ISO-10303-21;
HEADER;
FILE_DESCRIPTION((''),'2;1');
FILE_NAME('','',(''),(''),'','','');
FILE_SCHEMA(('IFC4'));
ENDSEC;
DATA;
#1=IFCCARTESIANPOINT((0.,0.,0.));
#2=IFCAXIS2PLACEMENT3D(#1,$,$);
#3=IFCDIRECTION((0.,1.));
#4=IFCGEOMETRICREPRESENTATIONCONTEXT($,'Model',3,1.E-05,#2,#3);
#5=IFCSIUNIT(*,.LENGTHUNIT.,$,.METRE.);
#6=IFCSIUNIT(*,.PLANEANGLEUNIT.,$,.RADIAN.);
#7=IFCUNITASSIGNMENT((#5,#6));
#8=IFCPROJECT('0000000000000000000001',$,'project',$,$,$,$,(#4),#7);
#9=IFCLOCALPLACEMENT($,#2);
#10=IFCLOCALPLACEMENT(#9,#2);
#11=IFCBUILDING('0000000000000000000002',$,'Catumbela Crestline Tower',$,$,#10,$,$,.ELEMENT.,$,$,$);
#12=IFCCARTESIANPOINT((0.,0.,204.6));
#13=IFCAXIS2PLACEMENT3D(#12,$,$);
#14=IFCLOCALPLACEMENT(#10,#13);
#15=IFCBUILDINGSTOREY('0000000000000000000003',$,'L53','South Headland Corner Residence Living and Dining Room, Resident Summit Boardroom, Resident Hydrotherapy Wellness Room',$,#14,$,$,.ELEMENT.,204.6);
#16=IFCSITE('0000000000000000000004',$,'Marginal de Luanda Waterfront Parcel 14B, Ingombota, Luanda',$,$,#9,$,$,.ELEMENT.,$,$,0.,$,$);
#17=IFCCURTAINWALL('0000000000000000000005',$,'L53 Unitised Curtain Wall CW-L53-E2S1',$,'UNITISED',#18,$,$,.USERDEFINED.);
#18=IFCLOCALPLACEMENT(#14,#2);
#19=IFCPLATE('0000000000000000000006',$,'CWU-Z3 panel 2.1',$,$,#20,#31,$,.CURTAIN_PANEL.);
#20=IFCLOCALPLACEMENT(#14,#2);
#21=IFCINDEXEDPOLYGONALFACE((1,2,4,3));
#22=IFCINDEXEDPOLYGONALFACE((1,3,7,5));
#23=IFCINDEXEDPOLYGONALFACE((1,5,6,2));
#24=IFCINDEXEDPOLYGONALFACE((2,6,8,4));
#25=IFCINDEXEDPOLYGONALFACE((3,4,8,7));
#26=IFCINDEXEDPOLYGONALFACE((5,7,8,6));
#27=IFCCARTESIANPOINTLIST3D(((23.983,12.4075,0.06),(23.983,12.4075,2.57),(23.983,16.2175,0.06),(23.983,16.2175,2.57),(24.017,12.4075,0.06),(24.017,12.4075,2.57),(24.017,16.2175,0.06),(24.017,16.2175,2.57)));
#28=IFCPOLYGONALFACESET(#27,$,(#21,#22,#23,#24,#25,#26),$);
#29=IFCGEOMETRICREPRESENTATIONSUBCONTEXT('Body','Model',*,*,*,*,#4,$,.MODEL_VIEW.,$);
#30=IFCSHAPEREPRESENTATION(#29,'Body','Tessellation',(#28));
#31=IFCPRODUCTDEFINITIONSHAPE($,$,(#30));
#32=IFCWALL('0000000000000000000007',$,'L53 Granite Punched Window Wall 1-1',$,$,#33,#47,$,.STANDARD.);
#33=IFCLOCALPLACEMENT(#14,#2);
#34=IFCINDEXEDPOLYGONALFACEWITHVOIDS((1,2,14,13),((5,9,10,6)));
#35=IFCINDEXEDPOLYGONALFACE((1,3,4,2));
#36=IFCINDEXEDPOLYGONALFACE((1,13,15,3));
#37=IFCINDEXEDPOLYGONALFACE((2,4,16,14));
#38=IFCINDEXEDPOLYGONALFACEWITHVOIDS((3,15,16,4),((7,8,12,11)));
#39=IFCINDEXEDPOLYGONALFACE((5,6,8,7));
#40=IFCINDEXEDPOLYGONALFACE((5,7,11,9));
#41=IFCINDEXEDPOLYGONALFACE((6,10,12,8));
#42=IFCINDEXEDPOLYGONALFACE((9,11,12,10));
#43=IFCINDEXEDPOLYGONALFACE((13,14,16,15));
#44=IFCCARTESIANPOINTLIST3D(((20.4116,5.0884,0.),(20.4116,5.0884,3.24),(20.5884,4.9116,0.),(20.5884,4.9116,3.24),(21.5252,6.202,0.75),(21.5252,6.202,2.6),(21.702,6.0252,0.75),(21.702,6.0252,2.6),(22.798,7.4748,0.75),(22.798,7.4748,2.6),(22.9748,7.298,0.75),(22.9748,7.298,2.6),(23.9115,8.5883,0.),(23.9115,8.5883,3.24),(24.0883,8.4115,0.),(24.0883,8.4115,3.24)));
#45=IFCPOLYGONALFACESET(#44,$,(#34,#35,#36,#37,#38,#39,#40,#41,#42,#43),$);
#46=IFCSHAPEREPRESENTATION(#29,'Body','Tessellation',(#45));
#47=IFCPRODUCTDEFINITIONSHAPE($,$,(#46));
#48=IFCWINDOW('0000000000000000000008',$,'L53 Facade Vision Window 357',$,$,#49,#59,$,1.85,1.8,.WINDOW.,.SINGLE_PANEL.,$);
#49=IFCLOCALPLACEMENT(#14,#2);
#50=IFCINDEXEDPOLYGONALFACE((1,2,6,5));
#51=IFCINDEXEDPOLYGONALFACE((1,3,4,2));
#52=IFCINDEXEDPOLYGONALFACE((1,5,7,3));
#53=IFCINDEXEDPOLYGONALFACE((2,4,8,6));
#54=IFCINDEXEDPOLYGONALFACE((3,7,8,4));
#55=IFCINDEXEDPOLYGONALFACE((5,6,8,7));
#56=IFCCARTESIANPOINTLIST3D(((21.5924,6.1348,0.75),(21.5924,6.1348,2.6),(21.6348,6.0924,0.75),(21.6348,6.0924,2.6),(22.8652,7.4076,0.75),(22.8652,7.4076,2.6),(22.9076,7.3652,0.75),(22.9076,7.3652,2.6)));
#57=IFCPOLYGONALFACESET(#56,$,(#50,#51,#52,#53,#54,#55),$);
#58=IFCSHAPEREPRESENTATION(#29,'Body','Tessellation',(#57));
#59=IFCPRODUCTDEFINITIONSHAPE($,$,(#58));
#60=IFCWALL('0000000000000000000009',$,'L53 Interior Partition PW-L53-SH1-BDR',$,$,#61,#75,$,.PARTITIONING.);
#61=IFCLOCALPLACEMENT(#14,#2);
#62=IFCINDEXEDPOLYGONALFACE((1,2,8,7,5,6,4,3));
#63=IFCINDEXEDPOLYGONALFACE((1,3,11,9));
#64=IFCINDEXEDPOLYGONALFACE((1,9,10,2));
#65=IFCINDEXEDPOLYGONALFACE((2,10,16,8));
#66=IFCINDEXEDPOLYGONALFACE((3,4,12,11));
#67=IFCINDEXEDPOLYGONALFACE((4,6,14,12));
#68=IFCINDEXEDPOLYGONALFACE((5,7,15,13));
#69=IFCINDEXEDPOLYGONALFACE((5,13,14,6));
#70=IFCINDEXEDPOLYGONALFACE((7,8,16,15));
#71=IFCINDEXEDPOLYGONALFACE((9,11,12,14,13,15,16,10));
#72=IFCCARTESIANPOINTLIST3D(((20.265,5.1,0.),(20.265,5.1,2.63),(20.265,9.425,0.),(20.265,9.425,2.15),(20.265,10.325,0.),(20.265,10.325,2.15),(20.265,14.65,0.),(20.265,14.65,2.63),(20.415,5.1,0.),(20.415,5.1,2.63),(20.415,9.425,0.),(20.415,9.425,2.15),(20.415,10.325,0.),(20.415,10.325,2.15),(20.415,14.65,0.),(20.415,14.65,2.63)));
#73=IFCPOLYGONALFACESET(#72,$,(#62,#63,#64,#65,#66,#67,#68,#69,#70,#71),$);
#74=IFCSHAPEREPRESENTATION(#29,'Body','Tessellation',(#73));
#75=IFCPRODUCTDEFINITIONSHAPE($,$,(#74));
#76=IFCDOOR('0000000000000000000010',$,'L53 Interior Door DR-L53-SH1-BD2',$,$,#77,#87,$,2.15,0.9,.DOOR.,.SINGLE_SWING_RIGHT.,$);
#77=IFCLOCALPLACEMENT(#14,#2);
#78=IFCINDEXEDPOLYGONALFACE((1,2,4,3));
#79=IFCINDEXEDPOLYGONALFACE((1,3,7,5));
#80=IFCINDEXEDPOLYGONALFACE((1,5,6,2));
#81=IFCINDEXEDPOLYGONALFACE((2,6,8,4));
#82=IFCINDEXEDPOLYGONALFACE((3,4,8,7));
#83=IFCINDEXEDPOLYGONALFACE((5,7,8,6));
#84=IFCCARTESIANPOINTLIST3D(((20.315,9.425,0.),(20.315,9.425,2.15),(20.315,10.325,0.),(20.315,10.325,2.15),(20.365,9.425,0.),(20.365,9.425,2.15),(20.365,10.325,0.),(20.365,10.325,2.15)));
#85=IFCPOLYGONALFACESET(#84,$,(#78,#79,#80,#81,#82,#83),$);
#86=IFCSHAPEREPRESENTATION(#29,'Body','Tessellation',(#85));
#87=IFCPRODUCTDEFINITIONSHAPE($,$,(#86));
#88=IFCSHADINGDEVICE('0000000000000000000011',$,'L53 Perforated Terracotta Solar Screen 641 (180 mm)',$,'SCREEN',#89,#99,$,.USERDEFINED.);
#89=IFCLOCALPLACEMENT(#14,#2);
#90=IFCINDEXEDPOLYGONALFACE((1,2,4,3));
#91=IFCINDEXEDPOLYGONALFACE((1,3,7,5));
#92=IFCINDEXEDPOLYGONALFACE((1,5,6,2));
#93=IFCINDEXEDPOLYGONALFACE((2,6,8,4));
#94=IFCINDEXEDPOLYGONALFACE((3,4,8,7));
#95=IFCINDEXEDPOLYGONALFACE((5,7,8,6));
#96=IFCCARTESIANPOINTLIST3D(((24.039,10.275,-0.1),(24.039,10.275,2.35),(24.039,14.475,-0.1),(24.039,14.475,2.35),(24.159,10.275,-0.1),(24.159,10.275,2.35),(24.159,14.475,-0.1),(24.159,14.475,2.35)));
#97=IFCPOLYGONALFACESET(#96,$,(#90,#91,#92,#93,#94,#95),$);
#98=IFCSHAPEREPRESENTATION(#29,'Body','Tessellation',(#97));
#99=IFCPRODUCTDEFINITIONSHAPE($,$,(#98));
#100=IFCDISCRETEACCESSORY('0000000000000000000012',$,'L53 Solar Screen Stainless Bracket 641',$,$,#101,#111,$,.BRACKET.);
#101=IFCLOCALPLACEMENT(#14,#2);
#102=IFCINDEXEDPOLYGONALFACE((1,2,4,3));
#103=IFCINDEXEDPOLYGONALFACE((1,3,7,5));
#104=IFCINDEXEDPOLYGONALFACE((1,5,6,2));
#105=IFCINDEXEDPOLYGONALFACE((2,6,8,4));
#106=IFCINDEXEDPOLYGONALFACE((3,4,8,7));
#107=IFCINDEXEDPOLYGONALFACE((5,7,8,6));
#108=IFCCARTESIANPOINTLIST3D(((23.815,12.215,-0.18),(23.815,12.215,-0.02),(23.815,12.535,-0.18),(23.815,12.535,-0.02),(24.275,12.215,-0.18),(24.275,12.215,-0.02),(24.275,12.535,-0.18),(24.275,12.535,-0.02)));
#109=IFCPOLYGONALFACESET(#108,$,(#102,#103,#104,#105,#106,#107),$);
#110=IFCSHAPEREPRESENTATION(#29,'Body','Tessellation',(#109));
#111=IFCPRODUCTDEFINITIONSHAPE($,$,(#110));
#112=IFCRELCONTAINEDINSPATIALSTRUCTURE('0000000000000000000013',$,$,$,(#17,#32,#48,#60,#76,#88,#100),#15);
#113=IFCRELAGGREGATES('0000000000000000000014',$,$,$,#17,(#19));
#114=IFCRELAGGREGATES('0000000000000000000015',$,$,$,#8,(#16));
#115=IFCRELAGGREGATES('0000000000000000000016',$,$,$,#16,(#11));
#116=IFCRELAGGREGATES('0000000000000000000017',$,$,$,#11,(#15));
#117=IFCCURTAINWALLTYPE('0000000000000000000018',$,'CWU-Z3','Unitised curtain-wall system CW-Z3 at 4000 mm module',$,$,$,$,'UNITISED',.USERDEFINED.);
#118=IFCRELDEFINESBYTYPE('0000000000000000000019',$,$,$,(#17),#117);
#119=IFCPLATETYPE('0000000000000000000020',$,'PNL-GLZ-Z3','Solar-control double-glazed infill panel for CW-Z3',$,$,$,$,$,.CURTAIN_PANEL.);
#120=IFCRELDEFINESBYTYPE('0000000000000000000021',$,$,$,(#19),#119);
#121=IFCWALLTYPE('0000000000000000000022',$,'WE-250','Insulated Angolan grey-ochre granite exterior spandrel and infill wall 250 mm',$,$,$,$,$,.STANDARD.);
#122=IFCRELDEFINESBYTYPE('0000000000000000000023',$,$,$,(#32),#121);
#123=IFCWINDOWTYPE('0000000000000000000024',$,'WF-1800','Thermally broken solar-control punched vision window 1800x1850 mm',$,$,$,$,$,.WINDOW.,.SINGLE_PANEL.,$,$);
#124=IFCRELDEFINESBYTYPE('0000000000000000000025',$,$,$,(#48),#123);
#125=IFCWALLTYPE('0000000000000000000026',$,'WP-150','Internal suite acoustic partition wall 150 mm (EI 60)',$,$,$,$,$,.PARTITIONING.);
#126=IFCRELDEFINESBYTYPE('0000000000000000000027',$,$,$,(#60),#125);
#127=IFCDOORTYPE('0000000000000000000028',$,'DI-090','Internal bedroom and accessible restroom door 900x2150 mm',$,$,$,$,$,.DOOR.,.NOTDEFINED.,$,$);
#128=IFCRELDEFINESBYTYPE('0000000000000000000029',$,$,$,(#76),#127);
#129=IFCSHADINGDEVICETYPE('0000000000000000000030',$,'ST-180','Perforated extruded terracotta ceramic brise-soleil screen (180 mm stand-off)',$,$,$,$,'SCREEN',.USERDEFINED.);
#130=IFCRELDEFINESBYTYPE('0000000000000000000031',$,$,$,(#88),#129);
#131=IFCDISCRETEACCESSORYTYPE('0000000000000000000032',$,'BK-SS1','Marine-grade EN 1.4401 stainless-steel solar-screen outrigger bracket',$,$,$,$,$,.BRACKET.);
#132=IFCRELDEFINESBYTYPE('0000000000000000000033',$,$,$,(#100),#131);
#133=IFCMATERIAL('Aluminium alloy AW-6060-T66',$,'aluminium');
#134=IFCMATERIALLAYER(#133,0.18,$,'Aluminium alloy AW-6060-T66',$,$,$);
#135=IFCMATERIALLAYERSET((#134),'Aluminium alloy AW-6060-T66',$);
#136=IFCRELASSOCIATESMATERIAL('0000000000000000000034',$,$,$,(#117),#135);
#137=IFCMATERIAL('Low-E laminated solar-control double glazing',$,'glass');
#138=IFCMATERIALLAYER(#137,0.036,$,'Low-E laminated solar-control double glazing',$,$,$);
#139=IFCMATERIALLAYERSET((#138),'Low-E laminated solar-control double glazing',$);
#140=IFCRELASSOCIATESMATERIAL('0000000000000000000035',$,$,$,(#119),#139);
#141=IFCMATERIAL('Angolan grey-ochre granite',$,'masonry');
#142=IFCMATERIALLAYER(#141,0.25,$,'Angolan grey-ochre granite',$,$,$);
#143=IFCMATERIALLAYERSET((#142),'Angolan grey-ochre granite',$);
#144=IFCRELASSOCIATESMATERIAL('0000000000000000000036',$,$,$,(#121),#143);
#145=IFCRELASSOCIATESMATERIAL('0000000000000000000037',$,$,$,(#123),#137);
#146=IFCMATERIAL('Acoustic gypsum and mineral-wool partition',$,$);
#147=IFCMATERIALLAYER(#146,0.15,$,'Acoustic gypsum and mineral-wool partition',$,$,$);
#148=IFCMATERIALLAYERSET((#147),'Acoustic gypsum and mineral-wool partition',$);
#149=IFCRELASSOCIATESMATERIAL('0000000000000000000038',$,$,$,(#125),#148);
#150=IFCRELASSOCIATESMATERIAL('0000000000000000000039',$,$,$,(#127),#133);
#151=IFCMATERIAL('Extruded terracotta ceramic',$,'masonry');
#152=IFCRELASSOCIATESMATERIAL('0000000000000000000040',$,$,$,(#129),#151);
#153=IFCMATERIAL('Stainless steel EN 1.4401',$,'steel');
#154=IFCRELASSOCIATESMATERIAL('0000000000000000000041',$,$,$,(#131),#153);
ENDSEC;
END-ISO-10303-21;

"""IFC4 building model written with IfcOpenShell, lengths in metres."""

from ifc_helpers import new_model, si_unit, direction, frame, frame_2d, origin, origin_2d, place, context, subcontext, project, spatial, rectangle, extrude, material, layer, layer_set, type_object, element, fill, aggregate, save


model = new_model("IFC4")

# Units and contexts
model_context = context("Model", 3, precision=1e-05, world=origin(), true_north=direction((0.0, 1.0)))
body_context = subcontext(model_context, "Body", "Model", "MODEL_VIEW")
ifc_project = project(units=[si_unit("LENGTHUNIT", "METRE"), si_unit("PLANEANGLEUNIT", "RADIAN")], contexts=[model_context])

# Site, building, storey
site_placement = place(None, origin())
site = spatial("IfcSite", under=ifc_project, at=site_placement, Name="Marginal de Luanda Waterfront Parcel 14B, Ingombota, Luanda", CompositionType="ELEMENT", RefElevation=0.0)
building_placement = place(site_placement, origin())
building = spatial("IfcBuilding", under=site, at=building_placement, Name="Catumbela Crestline Tower", CompositionType="ELEMENT")
storey_placement = place(building_placement, frame((0.0, 0.0, 204.6)))
storey = spatial("IfcBuildingStorey", under=building, at=storey_placement, Name="L53", Description="South Headland Corner Residence Living and Dining Room, Resident Summit Boardroom, Resident Hydrotherapy Wellness Room", CompositionType="ELEMENT", Elevation=204.6)

# Shared definitions
ifc_material_1 = material(Name="Aluminium alloy AW-6060-T66", Category="aluminium")
ifc_layer_1 = layer(ifc_material_1, 0.18, Name="Aluminium alloy AW-6060-T66")
ifc_layer_set_1 = layer_set([ifc_layer_1], Name="Aluminium alloy AW-6060-T66")
curtain_wall_type = type_object("IfcCurtainWallType", Name="CWU-Z3", Description="Unitised curtain-wall system CW-Z3 at 4000 mm module", ElementType="UNITISED", PredefinedType="USERDEFINED", material=ifc_layer_set_1)

# Curtain wall
curtain_wall_1_placement = place(storey_placement, origin())
curtain_wall_1 = element("IfcCurtainWall", 1, at=curtain_wall_1_placement, inside=storey, type_object=curtain_wall_type, Name="L53 Unitised Curtain Wall CW-L53-E2S1", ObjectType="UNITISED", PredefinedType="USERDEFINED")

# Plate
ifc_material_2 = material(Name="Low-E laminated solar-control double glazing", Category="glass")
ifc_layer_2 = layer(ifc_material_2, 0.036, Name="Low-E laminated solar-control double glazing")
ifc_layer_set_2 = layer_set([ifc_layer_2], Name="Low-E laminated solar-control double glazing")
plate_type = type_object("IfcPlateType", Name="PNL-GLZ-Z3", Description="Solar-control double-glazed infill panel for CW-Z3", PredefinedType="CURTAIN_PANEL", material=ifc_layer_set_2)
plate_1_placement = place(storey_placement, frame((24.0, 14.3125, 0.06), z_axis=(0.0, 0.0, 1.0), x_axis=(0.0, 1.0, 0.0)))
plate_1 = element("IfcPlate", 2, at=plate_1_placement, type_object=plate_type, Name="CWU-Z3 panel 2.1", PredefinedType="CURTAIN_PANEL", context=body_context, shape_type="SweptSolid", body=[
    extrude(rectangle(XDim=3.81, YDim=0.034, at=origin_2d()), origin(), (0.0, 0.0, 1.0), 2.51),
])
aggregate(curtain_wall_1, [plate_1])

# Wall, opening, window
ifc_material_3 = material(Name="Angolan grey-ochre granite", Category="masonry")
ifc_layer_3 = layer(ifc_material_3, 0.25, Name="Angolan grey-ochre granite")
ifc_layer_set_3 = layer_set([ifc_layer_3], Name="Angolan grey-ochre granite")
wall_type_1 = type_object("IfcWallType", Name="WE-250", Description="Insulated Angolan grey-ochre granite exterior spandrel and infill wall 250 mm", PredefinedType="STANDARD", material=ifc_layer_set_3)
wall_1_placement = place(storey_placement, frame((20.5, 5.0, 0.0), z_axis=(0.0, 0.0, 1.0), x_axis=(0.707107, 0.707107, 0.0)))
wall_1 = element("IfcWall", 3, at=wall_1_placement, inside=storey, type_object=wall_type_1, Name="L53 Granite Punched Window Wall 1-1", PredefinedType="STANDARD", context=body_context, shape_type="SweptSolid", body=[
    extrude(rectangle(XDim=4.9497, YDim=0.25, at=frame_2d((2.4748, 0.0))), origin(), (0.0, 0.0, 1.0), 3.24),
])
opening_1_placement = place(wall_1_placement, frame((1.5749, 0.0, 0.75)))
opening_1 = element("IfcOpeningElement", 4, at=opening_1_placement, cuts=wall_1, PredefinedType="OPENING", context=body_context, shape_type="SweptSolid", body=[
    extrude(rectangle(XDim=1.8, YDim=1.85, at=frame_2d((0.9, 0.925))), frame((0.0, 0.135, 0.0), z_axis=(0.0, -1.0, 0.0), x_axis=(1.0, 0.0, 0.0)), (0.0, 0.0, 1.0), 0.27),
])
window_type = type_object("IfcWindowType", Name="WF-1800", Description="Thermally broken solar-control punched vision window 1800x1850 mm", PartitioningType="SINGLE_PANEL", PredefinedType="WINDOW", material=ifc_material_2)
window_placement = place(opening_1_placement, origin())
window = element("IfcWindow", 5, at=window_placement, inside=storey, type_object=window_type, Name="L53 Facade Vision Window 357", OverallHeight=1.85, OverallWidth=1.8, PartitioningType="SINGLE_PANEL", PredefinedType="WINDOW", context=body_context, shape_type="SweptSolid", body=[
    extrude(rectangle(XDim=1.8, YDim=1.85, at=frame_2d((0.9, 0.925))), frame((0.0, 0.03, 0.0), z_axis=(0.0, -1.0, 0.0), x_axis=(1.0, 0.0, 0.0)), (0.0, 0.0, 1.0), 0.06),
])
fill(opening_1, window)

# Wall, opening, door
ifc_material_4 = material(Name="Acoustic gypsum and mineral-wool partition")
ifc_layer_4 = layer(ifc_material_4, 0.15, Name="Acoustic gypsum and mineral-wool partition")
ifc_layer_set_4 = layer_set([ifc_layer_4], Name="Acoustic gypsum and mineral-wool partition")
wall_type_2 = type_object("IfcWallType", Name="WP-150", Description="Internal suite acoustic partition wall 150 mm (EI 60)", PredefinedType="PARTITIONING", material=ifc_layer_set_4)
wall_2_placement = place(storey_placement, frame((20.34, 5.1, 0.0), z_axis=(0.0, 0.0, 1.0), x_axis=(0.0, 1.0, 0.0)))
wall_2 = element("IfcWall", 6, at=wall_2_placement, inside=storey, type_object=wall_type_2, Name="L53 Interior Partition PW-L53-SH1-BDR", PredefinedType="PARTITIONING", context=body_context, shape_type="SweptSolid", body=[
    extrude(rectangle(XDim=9.55, YDim=0.15, at=frame_2d((4.775, 0.0))), origin(), (0.0, 0.0, 1.0), 2.63),
])
opening_2_placement = place(wall_2_placement, frame((4.325, 0.0, 0.0)))
opening_2 = element("IfcOpeningElement", 7, at=opening_2_placement, cuts=wall_2, PredefinedType="OPENING", context=body_context, shape_type="SweptSolid", body=[
    extrude(rectangle(XDim=0.9, YDim=2.15, at=frame_2d((0.45, 1.075))), frame((0.0, 0.085, 0.0), z_axis=(0.0, -1.0, 0.0), x_axis=(1.0, 0.0, 0.0)), (0.0, 0.0, 1.0), 0.17),
])
door_type = type_object("IfcDoorType", Name="DI-090", Description="Internal bedroom and accessible restroom door 900x2150 mm", OperationType="NOTDEFINED", PredefinedType="DOOR", material=ifc_material_1)
door_placement = place(opening_2_placement, origin())
door = element("IfcDoor", 8, at=door_placement, inside=storey, type_object=door_type, Name="L53 Interior Door DR-L53-SH1-BD2", OperationType="SINGLE_SWING_RIGHT", OverallHeight=2.15, OverallWidth=0.9, PredefinedType="DOOR", context=body_context, shape_type="SweptSolid", body=[
    extrude(rectangle(XDim=0.9, YDim=2.15, at=frame_2d((0.45, 1.075))), frame((0.0, 0.025, 0.0), z_axis=(0.0, -1.0, 0.0), x_axis=(1.0, 0.0, 0.0)), (0.0, 0.0, 1.0), 0.05),
])
fill(opening_2, door)

# Shading device
ifc_material_5 = material(Name="Extruded terracotta ceramic", Category="masonry")
shading_device_type = type_object("IfcShadingDeviceType", Name="ST-180", Description="Perforated extruded terracotta ceramic brise-soleil screen (180 mm stand-off)", ElementType="SCREEN", PredefinedType="USERDEFINED", material=ifc_material_5)
shading_device_placement = place(storey_placement, frame((24.099, 12.375, -0.1), z_axis=(0.0, 0.0, 1.0), x_axis=(0.0, 1.0, 0.0)))
element("IfcShadingDevice", 9, at=shading_device_placement, inside=storey, type_object=shading_device_type, Name="L53 Perforated Terracotta Solar Screen 641 (180 mm)", ObjectType="SCREEN", PredefinedType="USERDEFINED", context=body_context, shape_type="SweptSolid", body=[
    extrude(rectangle(XDim=4.2, YDim=0.12, at=origin_2d()), origin(), (0.0, 0.0, 1.0), 2.45),
])

# Discrete accessory
ifc_material_6 = material(Name="Stainless steel EN 1.4401", Category="steel")
discrete_accessory_type = type_object("IfcDiscreteAccessoryType", Name="BK-SS1", Description="Marine-grade EN 1.4401 stainless-steel solar-screen outrigger bracket", PredefinedType="BRACKET", material=ifc_material_6)
discrete_accessory_placement = place(storey_placement, frame((24.045, 12.375, -0.18), z_axis=(0.0, 0.0, 1.0), x_axis=(0.0, 1.0, 0.0)))
element("IfcDiscreteAccessory", 10, at=discrete_accessory_placement, inside=storey, type_object=discrete_accessory_type, Name="L53 Solar Screen Stainless Bracket 641", PredefinedType="BRACKET", context=body_context, shape_type="SweptSolid", body=[
    extrude(rectangle(XDim=0.32, YDim=0.46, at=origin_2d()), origin(), (0.0, 0.0, 1.0), 0.16),
])

save(model, "model.ifc")
